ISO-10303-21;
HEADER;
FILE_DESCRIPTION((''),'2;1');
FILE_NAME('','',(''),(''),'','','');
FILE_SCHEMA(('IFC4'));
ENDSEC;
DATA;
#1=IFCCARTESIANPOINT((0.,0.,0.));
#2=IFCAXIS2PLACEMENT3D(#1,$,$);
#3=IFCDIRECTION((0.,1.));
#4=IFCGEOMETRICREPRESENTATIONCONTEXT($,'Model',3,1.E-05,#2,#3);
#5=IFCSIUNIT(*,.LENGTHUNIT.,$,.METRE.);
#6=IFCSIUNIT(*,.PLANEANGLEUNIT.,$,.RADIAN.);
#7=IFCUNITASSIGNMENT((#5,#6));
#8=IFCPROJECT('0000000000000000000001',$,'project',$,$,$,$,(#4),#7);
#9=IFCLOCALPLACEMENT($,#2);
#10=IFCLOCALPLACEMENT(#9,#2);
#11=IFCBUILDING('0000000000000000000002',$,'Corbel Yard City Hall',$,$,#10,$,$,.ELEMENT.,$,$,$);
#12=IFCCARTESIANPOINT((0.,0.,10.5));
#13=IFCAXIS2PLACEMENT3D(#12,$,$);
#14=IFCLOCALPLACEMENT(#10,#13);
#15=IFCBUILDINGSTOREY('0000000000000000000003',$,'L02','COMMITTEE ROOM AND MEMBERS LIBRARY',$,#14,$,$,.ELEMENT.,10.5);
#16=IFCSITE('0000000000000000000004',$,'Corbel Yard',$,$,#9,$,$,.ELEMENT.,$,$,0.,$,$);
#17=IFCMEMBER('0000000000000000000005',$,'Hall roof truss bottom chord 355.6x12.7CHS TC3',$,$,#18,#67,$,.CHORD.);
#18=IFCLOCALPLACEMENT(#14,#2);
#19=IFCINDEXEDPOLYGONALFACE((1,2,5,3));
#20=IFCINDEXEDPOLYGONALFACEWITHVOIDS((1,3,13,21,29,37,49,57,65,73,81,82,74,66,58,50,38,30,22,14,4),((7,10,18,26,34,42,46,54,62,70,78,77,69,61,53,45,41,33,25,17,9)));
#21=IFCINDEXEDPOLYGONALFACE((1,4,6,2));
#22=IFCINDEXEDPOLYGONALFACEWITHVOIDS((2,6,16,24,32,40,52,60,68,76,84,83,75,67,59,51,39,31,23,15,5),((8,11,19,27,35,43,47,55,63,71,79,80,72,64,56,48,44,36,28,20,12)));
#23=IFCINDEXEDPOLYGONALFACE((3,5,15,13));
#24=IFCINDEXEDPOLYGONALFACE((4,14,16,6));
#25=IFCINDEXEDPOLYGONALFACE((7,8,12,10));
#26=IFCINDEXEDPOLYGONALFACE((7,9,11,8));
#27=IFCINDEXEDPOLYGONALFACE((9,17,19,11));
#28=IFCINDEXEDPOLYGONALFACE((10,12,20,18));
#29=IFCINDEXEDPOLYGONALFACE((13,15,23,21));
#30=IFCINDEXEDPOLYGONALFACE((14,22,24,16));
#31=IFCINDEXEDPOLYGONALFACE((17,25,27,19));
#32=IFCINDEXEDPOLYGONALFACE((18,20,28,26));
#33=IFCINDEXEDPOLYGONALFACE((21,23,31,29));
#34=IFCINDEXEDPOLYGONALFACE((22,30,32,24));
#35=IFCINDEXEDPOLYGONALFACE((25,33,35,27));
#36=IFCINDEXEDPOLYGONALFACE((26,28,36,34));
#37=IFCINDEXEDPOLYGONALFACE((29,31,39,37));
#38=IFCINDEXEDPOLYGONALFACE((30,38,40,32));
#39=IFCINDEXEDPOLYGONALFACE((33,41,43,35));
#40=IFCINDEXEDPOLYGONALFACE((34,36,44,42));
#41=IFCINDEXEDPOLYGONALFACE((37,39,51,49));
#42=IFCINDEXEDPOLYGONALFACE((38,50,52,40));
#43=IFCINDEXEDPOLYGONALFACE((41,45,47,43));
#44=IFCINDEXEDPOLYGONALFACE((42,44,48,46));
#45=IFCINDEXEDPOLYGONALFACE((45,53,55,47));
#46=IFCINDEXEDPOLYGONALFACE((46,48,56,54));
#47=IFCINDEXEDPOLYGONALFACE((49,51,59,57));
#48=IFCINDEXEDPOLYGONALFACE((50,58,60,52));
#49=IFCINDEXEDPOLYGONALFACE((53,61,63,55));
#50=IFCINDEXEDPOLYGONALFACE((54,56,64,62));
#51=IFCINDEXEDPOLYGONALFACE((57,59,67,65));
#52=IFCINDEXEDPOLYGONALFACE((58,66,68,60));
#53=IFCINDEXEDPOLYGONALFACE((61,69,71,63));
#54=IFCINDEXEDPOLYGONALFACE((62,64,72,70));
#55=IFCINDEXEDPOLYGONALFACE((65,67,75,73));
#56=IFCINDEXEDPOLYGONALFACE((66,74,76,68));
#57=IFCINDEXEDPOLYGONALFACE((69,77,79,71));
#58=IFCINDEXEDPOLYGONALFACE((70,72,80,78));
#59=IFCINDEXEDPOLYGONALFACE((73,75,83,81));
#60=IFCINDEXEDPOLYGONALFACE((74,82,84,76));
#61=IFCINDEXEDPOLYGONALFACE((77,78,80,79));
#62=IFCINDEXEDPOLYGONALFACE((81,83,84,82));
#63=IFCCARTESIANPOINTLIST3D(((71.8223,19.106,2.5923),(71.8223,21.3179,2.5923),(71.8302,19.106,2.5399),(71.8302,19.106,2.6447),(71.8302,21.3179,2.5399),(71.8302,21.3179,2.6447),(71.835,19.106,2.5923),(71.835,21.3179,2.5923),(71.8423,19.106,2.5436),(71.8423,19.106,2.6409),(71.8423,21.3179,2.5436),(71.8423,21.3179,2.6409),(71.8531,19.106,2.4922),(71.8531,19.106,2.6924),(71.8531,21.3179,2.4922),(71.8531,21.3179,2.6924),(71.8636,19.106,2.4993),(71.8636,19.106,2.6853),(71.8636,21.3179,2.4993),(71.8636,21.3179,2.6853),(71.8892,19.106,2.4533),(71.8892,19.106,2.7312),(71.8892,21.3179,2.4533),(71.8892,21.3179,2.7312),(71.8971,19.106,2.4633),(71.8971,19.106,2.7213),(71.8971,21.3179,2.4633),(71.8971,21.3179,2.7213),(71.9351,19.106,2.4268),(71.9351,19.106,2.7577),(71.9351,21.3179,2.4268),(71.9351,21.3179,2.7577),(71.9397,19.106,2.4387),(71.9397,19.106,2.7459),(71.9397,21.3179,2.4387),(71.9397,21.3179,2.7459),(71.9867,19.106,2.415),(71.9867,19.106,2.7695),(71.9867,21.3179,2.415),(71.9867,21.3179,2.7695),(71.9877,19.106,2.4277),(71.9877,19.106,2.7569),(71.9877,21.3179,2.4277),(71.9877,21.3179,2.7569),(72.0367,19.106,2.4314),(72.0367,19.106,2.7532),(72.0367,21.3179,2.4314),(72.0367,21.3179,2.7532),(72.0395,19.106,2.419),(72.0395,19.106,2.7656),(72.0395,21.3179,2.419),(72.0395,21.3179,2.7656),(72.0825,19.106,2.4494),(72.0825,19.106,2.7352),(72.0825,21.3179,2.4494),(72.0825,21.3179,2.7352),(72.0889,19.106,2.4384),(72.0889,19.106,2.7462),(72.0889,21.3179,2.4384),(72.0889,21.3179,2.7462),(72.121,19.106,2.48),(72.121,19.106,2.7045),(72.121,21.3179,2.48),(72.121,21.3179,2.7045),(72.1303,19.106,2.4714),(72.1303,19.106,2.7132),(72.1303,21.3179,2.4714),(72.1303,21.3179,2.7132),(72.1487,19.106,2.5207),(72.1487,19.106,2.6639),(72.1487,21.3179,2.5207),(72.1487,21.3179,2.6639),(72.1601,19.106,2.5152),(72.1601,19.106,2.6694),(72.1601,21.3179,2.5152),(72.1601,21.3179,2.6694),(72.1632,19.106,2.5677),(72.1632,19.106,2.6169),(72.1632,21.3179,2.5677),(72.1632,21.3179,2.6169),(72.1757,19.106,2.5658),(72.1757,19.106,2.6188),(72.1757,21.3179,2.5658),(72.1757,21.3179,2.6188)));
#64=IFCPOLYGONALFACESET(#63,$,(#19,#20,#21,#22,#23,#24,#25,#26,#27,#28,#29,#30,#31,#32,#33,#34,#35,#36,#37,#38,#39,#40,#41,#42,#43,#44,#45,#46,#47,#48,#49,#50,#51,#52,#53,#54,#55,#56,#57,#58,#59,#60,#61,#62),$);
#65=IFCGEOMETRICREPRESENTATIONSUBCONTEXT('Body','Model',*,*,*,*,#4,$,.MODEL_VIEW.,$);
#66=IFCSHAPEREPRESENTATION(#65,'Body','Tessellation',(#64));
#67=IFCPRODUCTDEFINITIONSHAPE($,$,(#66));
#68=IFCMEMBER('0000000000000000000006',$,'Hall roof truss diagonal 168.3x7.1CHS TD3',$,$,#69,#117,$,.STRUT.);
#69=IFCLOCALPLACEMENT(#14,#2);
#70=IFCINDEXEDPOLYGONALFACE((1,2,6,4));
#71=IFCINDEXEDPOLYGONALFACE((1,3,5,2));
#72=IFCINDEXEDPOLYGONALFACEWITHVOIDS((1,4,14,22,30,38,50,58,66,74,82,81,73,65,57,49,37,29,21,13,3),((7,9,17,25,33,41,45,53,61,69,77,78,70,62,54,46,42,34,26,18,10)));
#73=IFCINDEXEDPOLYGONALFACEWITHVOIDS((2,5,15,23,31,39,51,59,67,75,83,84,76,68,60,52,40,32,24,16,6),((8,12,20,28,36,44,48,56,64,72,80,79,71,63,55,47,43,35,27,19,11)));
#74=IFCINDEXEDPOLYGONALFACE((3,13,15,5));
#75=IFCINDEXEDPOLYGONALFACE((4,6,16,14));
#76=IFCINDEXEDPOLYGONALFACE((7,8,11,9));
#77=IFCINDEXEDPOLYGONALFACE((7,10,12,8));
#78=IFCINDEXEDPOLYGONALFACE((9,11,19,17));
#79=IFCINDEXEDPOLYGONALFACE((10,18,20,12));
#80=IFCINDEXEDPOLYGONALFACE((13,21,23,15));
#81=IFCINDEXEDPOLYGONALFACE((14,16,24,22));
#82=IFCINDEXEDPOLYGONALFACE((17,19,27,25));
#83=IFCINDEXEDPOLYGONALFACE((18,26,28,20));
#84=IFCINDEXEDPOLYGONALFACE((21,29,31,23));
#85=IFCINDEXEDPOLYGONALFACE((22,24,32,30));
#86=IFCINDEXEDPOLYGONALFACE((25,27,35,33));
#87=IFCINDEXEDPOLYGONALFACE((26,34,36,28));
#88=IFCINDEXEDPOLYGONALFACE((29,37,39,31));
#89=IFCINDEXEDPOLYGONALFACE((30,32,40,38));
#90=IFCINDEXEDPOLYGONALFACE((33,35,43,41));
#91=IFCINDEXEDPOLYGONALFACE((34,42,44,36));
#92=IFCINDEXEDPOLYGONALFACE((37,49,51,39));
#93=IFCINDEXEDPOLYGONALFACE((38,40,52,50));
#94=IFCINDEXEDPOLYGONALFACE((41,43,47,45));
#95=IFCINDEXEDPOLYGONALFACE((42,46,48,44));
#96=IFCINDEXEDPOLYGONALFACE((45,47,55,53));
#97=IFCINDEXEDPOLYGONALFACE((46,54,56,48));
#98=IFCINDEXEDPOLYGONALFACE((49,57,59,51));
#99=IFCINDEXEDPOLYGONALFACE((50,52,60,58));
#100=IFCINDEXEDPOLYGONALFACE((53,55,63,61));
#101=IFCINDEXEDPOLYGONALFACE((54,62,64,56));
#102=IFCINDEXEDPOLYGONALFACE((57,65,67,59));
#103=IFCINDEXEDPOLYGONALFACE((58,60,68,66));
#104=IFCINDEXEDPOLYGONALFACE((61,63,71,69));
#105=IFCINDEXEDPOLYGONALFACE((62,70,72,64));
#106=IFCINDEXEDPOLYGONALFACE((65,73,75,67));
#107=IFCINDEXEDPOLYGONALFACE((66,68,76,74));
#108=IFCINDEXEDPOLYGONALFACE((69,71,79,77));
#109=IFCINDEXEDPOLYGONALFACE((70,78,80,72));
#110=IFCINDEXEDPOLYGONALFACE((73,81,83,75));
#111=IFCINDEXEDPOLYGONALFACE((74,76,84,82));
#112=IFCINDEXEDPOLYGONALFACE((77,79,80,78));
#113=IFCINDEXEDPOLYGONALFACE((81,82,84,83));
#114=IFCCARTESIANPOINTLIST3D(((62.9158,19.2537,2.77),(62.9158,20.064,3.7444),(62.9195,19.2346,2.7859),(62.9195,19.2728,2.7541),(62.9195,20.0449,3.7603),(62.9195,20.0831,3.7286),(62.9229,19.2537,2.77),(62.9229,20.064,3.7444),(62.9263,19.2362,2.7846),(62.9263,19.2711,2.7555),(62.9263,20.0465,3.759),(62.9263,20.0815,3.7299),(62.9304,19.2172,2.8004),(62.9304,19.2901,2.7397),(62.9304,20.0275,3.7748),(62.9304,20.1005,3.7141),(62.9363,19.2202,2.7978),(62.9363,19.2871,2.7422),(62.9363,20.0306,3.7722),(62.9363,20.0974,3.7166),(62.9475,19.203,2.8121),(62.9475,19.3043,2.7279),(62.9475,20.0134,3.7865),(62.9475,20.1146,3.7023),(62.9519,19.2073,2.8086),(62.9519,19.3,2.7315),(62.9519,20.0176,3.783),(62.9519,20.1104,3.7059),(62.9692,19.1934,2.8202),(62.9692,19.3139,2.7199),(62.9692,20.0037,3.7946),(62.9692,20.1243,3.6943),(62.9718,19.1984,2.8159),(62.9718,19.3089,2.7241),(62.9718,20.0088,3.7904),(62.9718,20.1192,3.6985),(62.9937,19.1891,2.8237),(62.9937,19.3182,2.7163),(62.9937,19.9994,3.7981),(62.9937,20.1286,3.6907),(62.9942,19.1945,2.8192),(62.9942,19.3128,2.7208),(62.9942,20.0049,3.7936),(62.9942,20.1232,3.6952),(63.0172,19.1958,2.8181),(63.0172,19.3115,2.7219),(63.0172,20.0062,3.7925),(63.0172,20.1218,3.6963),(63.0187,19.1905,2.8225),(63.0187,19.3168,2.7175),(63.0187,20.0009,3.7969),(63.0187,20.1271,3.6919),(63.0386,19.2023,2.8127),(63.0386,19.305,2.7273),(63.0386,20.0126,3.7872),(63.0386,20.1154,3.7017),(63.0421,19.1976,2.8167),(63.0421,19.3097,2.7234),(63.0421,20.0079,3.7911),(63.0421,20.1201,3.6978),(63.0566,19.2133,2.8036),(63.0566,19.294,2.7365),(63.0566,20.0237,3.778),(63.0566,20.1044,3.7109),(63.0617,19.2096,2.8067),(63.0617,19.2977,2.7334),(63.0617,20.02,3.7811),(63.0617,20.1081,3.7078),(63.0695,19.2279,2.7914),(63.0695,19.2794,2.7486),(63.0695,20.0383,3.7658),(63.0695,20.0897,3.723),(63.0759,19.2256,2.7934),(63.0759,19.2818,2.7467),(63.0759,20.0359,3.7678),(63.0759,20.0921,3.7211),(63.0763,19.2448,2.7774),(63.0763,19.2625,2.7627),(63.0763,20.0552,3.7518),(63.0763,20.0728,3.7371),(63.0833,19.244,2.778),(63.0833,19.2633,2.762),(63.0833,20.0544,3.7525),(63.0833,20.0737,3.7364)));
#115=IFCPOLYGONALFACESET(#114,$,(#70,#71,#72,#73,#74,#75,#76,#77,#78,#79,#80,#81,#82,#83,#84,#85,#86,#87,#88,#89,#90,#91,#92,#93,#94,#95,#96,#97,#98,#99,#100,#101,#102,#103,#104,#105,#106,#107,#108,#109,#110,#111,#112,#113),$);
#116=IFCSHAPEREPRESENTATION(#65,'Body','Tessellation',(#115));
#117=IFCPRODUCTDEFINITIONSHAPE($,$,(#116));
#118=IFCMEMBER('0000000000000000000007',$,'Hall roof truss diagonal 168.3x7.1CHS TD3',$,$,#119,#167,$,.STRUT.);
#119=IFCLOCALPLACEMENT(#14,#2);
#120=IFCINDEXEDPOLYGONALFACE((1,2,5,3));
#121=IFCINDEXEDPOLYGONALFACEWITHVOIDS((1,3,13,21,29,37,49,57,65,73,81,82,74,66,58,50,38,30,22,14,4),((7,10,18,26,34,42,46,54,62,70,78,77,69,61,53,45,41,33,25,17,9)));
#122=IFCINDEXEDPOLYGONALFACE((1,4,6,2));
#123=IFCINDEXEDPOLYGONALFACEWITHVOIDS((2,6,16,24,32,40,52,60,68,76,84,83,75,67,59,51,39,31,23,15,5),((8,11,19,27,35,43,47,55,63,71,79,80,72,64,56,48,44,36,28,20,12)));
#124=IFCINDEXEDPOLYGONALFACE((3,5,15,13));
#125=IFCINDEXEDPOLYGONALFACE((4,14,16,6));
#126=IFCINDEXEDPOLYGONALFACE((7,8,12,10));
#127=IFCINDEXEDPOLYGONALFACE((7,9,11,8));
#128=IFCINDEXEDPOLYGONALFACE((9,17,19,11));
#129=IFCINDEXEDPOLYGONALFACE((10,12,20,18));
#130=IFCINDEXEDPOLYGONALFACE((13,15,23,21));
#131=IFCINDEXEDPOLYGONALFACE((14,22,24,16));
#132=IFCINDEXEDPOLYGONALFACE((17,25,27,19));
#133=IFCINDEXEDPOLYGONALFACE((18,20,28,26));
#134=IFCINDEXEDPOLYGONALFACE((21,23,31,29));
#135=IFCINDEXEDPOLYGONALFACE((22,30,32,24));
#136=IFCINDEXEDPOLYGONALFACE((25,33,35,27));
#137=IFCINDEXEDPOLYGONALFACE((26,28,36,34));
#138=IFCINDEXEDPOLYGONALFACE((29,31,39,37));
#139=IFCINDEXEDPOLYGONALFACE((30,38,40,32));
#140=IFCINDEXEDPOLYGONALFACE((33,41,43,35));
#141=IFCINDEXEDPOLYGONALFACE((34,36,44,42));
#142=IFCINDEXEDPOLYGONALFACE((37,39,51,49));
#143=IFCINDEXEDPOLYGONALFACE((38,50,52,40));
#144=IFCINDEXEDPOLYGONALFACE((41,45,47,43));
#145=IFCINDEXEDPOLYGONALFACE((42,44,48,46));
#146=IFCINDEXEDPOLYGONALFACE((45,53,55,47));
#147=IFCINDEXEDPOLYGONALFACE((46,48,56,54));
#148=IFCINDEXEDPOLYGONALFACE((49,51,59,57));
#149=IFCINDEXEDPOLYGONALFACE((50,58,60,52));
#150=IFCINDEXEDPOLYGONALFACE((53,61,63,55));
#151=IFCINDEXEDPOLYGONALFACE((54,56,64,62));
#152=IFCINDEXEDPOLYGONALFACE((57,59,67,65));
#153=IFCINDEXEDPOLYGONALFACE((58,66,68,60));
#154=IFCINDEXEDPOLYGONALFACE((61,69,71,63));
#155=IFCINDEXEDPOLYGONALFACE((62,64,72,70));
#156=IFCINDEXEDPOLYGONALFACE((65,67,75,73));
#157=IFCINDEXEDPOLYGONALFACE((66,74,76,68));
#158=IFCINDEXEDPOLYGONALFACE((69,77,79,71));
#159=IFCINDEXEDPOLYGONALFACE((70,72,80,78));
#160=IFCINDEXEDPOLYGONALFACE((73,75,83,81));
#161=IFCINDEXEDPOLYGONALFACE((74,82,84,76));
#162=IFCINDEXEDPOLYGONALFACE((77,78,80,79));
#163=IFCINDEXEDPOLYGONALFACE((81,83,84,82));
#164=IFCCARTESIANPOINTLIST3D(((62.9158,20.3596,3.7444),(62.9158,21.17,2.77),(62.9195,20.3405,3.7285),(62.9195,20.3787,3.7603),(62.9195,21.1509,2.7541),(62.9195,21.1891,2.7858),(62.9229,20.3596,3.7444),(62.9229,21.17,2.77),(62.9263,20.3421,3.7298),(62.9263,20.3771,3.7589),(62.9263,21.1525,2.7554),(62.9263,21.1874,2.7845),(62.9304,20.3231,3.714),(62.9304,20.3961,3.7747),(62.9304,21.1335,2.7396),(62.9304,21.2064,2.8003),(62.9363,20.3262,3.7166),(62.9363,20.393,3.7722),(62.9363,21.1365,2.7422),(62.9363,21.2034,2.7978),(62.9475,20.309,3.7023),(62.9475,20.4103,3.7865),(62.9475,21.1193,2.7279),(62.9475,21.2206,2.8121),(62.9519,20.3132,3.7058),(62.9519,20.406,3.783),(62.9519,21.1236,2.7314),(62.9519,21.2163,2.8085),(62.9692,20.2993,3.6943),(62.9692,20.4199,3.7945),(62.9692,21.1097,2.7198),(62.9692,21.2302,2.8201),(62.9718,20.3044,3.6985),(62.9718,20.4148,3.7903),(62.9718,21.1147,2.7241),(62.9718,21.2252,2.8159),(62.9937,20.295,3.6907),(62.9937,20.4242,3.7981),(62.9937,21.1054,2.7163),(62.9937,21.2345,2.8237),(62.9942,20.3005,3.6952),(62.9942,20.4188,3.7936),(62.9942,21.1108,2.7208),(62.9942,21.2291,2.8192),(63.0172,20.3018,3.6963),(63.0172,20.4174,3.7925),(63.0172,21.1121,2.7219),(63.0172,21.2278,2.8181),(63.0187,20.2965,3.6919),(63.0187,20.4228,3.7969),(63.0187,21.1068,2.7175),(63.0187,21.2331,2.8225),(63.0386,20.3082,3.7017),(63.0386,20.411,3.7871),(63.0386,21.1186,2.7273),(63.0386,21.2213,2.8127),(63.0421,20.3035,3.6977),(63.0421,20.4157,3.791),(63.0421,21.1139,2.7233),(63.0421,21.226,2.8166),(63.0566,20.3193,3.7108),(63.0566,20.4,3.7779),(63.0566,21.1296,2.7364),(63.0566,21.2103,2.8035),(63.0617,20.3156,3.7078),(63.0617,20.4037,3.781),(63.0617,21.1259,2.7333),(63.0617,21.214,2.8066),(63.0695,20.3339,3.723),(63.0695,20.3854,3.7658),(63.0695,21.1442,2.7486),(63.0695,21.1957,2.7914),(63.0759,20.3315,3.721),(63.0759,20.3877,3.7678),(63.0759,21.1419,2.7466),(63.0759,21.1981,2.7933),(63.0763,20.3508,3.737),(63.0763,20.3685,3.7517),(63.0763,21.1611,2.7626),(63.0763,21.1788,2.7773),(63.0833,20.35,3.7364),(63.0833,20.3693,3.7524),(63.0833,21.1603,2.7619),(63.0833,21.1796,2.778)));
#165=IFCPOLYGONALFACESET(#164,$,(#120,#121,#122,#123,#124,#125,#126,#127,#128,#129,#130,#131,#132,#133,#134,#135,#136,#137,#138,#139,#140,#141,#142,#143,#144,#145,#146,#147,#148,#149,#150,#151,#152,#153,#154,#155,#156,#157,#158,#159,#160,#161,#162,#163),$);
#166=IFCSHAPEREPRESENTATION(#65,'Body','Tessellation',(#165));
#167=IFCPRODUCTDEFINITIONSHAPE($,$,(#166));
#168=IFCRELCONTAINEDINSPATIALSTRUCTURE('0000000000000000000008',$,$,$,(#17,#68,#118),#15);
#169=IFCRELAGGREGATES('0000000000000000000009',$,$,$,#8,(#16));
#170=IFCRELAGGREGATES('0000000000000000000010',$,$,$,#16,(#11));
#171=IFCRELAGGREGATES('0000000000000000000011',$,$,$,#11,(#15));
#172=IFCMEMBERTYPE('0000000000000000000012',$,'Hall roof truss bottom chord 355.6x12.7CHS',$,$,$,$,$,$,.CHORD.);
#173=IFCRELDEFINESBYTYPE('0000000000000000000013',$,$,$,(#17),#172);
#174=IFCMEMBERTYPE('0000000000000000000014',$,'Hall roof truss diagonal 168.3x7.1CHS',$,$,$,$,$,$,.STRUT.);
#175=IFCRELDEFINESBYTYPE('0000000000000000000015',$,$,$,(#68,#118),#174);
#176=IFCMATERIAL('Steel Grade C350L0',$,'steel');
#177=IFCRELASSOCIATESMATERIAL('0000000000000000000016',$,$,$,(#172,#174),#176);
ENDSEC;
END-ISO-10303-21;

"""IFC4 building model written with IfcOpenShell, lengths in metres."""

from ifc_helpers import new_model, si_unit, direction, frame, origin, origin_2d, place, context, subcontext, project, spatial, hollow_circle, extrude, material, material_profile, profile_set, type_object, element, save


model = new_model("IFC4")

# Units and contexts
model_context = context("Model", 3, precision=1e-05, world=origin(), true_north=direction((0.0, 1.0)))
body_context = subcontext(model_context, "Body", "Model", "MODEL_VIEW")
ifc_project = project(units=[si_unit("LENGTHUNIT", "METRE"), si_unit("PLANEANGLEUNIT", "RADIAN")], contexts=[model_context])

# Site, building, storey
site_placement = place(None, origin())
site = spatial("IfcSite", under=ifc_project, at=site_placement, Name="Corbel Yard", CompositionType="ELEMENT", RefElevation=0.0)
building_placement = place(site_placement, origin())
building = spatial("IfcBuilding", under=site, at=building_placement, Name="Corbel Yard City Hall", CompositionType="ELEMENT")
storey_placement = place(building_placement, frame((0.0, 0.0, 10.5)))
storey = spatial("IfcBuildingStorey", under=building, at=storey_placement, Name="L02", Description="COMMITTEE ROOM AND MEMBERS LIBRARY", CompositionType="ELEMENT", Elevation=10.5)

# Members
ifc_material_1 = material(Name="Steel Grade C350L0", Category="steel")
ifc_material_profile_1 = material_profile(ifc_material_1, hollow_circle(Radius=0.1777, WallThickness=0.0127, at=origin_2d()), Name="355.6x12.7CHS")
ifc_profile_set_1 = profile_set([ifc_material_profile_1], Name="Steel Grade C350L0")
member_type_1 = type_object("IfcMemberType", Name="Hall roof truss bottom chord 355.6x12.7CHS", PredefinedType="CHORD", material=ifc_profile_set_1)
for number, where, z_axis, x_axis, name in (
    (1, (72.0, 19.106, 2.5923), (0.0, 1.0, 0.0), (-1.0, 0.0, 0.0), "Hall roof truss bottom chord 355.6x12.7CHS TC3"),
):
    element("IfcMember", number, at=place(storey_placement, frame(where, z_axis=z_axis, x_axis=x_axis)), inside=storey, type_object=member_type_1, Name=name, PredefinedType="CHORD", context=body_context, shape_type="SweptSolid", body=[
        extrude(hollow_circle(Radius=0.1777, WallThickness=0.0127, at=origin_2d()), origin(), (0.0, 0.0, 1.0), 2.2119),
    ])
ifc_material_profile_2 = material_profile(ifc_material_1, hollow_circle(Radius=0.0842, WallThickness=0.0071, at=origin_2d()), Name="168.3x7.1CHS")
ifc_profile_set_2 = profile_set([ifc_material_profile_2], Name="Steel Grade C350L0")
member_type_2 = type_object("IfcMemberType", Name="Hall roof truss diagonal 168.3x7.1CHS", PredefinedType="STRUT", material=ifc_profile_set_2)
for number, where, z_axis, x_axis, name in (
    (2, (63.0, 19.2537, 2.77), (0.0, 0.639407, 0.768868), (-1.0, 0.0, 0.0), "Hall roof truss diagonal 168.3x7.1CHS TD3"),
    (3, (63.0, 20.3596, 3.7444), (0.0, 0.639407, -0.768868), (-1.0, 0.0, 0.0), "Hall roof truss diagonal 168.3x7.1CHS TD3"),
):
    element("IfcMember", number, at=place(storey_placement, frame(where, z_axis=z_axis, x_axis=x_axis)), inside=storey, type_object=member_type_2, Name=name, PredefinedType="STRUT", context=body_context, shape_type="SweptSolid", body=[
        extrude(hollow_circle(Radius=0.0842, WallThickness=0.0071, at=origin_2d()), origin(), (0.0, 0.0, 1.0), 1.2673),
    ])

save(model, "model.ifc")
